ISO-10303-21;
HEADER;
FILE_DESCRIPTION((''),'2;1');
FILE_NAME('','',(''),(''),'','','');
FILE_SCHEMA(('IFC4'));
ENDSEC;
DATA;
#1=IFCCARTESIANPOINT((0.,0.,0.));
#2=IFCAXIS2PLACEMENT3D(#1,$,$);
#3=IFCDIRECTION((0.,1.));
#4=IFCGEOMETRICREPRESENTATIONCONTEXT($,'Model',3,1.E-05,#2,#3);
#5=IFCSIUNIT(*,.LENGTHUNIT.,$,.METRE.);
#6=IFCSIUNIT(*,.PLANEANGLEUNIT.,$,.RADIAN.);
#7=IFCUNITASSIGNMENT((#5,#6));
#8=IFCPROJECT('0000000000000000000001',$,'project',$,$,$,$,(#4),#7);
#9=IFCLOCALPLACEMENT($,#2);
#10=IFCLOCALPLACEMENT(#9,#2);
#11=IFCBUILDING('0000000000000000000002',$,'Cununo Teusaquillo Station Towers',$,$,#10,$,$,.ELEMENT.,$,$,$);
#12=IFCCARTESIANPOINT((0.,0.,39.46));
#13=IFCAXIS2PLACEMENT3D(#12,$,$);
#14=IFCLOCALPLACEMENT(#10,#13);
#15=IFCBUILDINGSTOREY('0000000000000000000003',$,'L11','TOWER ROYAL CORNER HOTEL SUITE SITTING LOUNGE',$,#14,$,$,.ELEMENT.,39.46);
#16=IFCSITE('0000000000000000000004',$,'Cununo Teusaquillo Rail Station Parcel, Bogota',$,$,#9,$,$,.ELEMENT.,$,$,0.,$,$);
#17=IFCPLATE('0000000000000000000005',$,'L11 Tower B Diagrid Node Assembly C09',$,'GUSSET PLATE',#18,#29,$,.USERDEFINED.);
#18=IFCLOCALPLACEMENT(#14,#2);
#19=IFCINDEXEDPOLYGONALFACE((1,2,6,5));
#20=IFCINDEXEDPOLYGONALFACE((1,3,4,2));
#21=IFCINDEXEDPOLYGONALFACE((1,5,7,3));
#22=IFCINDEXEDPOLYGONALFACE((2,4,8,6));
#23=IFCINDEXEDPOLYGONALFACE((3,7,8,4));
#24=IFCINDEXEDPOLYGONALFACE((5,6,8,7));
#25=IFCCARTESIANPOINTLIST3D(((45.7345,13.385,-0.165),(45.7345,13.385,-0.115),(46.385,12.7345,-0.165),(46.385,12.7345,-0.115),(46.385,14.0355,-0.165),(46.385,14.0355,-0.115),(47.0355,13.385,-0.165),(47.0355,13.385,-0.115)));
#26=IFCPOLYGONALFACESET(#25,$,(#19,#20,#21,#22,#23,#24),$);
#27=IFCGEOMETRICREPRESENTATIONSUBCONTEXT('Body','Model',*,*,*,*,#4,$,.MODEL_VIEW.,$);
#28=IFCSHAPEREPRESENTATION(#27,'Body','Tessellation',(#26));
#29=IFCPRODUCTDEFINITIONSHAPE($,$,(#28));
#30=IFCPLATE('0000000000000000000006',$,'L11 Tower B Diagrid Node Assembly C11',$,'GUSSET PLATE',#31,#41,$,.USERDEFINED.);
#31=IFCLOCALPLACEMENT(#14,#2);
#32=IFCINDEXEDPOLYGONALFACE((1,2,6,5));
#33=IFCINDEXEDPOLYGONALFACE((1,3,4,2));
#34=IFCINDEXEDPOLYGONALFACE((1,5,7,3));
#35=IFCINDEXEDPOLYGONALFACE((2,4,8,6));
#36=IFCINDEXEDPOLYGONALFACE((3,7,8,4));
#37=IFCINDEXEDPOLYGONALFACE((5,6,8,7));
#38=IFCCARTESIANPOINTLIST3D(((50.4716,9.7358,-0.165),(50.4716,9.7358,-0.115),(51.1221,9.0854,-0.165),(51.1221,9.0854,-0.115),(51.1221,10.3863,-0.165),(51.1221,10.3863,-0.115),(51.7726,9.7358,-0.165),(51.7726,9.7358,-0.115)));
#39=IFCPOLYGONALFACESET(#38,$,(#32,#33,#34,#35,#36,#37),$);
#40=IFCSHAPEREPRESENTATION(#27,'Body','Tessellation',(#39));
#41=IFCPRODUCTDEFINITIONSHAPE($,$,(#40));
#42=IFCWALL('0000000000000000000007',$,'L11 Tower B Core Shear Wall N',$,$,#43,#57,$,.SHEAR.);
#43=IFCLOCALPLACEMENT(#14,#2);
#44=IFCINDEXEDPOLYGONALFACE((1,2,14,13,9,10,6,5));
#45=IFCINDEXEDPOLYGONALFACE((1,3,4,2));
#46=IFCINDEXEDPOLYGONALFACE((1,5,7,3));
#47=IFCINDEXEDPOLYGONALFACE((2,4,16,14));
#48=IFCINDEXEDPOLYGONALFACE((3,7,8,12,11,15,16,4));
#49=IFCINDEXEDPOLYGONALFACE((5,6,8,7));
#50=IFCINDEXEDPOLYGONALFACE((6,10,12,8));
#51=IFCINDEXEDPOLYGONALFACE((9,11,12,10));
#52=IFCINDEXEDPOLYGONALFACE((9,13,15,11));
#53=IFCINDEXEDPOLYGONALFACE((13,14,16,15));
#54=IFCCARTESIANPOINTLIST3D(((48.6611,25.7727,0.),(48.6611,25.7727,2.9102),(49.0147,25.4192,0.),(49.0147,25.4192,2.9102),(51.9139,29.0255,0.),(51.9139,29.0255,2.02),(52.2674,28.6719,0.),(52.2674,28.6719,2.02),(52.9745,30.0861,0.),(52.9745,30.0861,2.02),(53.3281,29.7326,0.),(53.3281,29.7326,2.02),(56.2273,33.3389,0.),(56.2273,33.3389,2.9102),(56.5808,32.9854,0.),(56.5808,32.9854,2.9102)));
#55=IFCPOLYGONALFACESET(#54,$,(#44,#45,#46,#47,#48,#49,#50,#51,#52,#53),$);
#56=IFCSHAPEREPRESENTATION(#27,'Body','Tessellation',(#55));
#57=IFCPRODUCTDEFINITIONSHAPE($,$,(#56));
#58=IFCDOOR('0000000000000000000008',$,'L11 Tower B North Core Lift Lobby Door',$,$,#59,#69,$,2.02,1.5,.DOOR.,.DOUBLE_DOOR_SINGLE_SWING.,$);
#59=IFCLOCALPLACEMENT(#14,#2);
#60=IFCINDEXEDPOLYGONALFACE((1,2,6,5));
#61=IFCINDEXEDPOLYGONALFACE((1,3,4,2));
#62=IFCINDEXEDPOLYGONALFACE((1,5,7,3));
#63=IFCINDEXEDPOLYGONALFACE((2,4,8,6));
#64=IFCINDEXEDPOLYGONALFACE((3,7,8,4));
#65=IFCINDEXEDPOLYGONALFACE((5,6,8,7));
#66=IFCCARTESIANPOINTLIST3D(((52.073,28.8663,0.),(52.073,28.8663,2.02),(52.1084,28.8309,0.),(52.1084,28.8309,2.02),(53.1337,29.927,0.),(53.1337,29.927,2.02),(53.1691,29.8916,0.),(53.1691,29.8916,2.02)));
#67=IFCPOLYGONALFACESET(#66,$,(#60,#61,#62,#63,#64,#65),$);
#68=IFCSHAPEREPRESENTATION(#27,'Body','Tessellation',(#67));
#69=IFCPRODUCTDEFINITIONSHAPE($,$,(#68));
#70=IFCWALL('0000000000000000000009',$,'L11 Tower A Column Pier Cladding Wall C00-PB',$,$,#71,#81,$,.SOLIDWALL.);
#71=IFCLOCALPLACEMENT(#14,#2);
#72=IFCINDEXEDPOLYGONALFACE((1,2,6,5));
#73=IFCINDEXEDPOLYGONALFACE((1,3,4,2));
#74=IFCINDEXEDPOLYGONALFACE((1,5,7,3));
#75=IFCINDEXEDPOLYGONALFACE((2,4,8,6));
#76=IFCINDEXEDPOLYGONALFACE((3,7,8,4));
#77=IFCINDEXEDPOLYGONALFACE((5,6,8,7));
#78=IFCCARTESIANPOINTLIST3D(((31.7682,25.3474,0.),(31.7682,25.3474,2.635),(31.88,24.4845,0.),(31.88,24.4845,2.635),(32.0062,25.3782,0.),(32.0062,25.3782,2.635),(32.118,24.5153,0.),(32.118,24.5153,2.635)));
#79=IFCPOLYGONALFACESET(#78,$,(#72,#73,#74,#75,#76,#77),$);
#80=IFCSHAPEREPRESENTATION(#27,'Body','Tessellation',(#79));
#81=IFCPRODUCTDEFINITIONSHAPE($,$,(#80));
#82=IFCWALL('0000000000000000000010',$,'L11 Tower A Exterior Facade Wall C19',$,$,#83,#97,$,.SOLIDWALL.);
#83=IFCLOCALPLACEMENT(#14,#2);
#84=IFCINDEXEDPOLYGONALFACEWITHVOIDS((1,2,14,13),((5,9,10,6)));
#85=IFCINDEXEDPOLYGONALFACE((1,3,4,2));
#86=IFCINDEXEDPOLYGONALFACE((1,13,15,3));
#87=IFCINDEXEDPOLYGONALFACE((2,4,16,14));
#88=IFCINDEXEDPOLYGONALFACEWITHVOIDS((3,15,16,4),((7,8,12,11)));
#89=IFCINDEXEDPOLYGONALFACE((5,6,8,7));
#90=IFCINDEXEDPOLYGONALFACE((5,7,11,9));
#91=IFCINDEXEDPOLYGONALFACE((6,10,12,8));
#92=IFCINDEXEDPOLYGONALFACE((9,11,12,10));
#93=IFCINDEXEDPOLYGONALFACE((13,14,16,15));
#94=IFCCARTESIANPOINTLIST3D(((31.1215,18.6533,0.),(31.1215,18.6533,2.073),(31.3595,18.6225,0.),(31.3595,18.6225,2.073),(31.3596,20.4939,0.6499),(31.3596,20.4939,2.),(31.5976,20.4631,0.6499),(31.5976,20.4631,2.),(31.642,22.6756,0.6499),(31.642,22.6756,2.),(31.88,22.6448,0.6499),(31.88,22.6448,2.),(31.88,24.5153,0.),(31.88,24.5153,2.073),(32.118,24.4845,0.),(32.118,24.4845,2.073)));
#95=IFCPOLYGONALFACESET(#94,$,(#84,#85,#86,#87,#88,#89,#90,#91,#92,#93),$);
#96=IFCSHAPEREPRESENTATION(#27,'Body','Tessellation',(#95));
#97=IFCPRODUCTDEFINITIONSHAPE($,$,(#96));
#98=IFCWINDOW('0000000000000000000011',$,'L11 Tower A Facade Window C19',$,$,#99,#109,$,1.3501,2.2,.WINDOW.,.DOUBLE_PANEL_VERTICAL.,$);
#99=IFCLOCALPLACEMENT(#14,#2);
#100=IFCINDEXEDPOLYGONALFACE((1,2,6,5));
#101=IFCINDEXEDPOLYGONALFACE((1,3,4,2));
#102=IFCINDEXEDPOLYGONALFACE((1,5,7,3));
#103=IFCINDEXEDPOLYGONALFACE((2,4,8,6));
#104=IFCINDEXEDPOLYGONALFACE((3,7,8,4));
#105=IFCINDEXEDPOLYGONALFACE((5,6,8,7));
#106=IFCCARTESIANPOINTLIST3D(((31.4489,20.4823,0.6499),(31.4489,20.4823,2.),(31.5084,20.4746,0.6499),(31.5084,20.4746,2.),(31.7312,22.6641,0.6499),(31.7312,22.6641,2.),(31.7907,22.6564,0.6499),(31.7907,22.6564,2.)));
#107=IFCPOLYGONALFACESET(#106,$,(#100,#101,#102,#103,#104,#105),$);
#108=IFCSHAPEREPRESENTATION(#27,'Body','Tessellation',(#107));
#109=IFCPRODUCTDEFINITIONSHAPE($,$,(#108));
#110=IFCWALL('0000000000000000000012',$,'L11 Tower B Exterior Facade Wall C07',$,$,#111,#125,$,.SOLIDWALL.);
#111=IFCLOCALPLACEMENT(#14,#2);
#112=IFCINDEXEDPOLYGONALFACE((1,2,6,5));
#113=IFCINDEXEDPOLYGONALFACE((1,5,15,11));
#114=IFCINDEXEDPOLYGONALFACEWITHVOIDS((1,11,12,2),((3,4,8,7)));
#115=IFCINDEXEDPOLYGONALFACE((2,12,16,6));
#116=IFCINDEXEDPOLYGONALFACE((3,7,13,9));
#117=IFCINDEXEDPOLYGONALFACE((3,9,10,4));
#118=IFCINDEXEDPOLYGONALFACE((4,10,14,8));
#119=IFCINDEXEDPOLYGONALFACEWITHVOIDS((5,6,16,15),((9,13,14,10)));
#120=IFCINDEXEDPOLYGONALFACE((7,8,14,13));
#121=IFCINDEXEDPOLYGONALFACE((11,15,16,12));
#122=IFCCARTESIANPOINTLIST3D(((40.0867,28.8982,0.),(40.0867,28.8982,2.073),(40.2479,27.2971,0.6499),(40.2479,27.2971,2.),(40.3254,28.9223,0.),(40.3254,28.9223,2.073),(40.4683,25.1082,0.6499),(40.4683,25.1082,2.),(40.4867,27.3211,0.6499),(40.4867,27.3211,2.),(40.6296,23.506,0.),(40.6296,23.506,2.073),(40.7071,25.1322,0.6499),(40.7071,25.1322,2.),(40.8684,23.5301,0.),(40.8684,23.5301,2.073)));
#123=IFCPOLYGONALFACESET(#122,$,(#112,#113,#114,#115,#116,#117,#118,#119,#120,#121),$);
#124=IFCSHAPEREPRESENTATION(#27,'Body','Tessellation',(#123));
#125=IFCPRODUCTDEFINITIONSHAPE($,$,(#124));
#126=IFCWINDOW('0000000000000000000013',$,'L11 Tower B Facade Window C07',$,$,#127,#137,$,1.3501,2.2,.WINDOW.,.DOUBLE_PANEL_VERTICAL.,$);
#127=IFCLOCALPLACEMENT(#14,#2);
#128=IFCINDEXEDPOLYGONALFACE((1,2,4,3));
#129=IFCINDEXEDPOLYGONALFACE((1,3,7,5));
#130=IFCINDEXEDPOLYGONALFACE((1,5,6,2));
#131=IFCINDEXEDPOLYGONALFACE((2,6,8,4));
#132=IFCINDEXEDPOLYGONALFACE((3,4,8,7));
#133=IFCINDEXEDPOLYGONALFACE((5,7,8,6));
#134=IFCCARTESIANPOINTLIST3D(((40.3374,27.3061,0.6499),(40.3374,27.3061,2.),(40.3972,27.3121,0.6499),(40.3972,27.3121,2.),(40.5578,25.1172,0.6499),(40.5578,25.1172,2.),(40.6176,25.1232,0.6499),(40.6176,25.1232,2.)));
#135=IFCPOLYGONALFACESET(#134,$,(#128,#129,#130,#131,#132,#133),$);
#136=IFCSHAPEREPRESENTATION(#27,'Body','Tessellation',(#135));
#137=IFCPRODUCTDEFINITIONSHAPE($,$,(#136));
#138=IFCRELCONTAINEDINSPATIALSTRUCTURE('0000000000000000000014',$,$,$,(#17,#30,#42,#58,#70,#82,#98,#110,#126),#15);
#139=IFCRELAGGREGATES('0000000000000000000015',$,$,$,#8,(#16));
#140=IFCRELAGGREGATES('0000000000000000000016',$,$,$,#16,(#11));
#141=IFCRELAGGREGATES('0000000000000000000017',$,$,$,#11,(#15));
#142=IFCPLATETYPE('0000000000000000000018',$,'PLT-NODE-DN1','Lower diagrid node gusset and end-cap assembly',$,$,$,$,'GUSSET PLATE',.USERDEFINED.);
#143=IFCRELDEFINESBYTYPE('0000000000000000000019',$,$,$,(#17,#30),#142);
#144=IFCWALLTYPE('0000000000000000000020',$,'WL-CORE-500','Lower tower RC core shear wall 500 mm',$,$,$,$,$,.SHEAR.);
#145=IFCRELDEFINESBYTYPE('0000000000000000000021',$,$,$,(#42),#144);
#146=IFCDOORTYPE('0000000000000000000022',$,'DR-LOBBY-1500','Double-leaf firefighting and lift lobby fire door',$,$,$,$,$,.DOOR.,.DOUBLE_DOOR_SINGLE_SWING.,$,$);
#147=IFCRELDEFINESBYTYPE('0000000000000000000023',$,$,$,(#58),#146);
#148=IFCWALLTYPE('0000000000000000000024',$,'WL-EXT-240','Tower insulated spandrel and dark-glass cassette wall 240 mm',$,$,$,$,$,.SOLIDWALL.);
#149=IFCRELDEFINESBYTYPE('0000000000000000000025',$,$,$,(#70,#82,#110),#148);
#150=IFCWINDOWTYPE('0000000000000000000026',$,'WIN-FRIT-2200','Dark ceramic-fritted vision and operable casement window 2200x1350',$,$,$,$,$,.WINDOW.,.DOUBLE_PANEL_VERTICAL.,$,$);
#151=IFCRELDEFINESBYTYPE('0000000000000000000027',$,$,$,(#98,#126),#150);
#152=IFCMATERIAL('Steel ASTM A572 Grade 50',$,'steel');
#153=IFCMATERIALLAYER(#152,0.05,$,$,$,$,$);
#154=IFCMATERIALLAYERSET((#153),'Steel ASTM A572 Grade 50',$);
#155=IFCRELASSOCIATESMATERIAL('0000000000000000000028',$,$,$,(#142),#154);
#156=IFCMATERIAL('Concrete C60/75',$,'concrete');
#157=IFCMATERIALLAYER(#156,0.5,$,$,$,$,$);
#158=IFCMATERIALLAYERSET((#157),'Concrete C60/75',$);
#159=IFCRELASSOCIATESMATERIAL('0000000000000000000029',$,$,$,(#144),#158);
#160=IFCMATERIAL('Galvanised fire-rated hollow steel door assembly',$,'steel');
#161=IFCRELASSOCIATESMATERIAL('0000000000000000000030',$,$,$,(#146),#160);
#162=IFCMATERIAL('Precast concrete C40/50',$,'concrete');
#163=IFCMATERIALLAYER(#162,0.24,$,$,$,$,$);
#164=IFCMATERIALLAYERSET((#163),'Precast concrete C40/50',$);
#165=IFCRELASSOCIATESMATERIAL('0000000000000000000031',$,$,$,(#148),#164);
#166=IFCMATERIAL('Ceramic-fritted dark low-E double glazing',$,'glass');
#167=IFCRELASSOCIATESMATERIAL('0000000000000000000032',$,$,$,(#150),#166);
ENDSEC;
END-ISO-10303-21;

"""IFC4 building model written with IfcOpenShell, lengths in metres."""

from ifc_helpers import new_model, si_unit, direction, frame, frame_2d, origin, origin_2d, place, context, subcontext, project, spatial, rectangle, extrude, source, transform, mapped, material, layer, layer_set, type_object, element, fill, save


model = new_model("IFC4")

# Units and contexts
model_context = context("Model", 3, precision=1e-05, world=origin(), true_north=direction((0.0, 1.0)))
body_context = subcontext(model_context, "Body", "Model", "MODEL_VIEW")
ifc_project = project(units=[si_unit("LENGTHUNIT", "METRE"), si_unit("PLANEANGLEUNIT", "RADIAN")], contexts=[model_context])

# Site, building, storey
site_placement = place(None, origin())
site = spatial("IfcSite", under=ifc_project, at=site_placement, Name="Cununo Teusaquillo Rail Station Parcel, Bogota", CompositionType="ELEMENT", RefElevation=0.0)
building_placement = place(site_placement, origin())
building = spatial("IfcBuilding", under=site, at=building_placement, Name="Cununo Teusaquillo Station Towers", CompositionType="ELEMENT")
storey_placement = place(building_placement, frame((0.0, 0.0, 39.46)))
storey = spatial("IfcBuildingStorey", under=building, at=storey_placement, Name="L11", Description="TOWER ROYAL CORNER HOTEL SUITE SITTING LOUNGE", CompositionType="ELEMENT", Elevation=39.46)

# Plates
ifc_material_1 = material(Name="Steel ASTM A572 Grade 50", Category="steel")
ifc_layer_1 = layer(ifc_material_1, 0.05)
ifc_layer_set_1 = layer_set([ifc_layer_1], Name="Steel ASTM A572 Grade 50")
plate_type = type_object("IfcPlateType", Name="PLT-NODE-DN1", Description="Lower diagrid node gusset and end-cap assembly", ElementType="GUSSET PLATE", PredefinedType="USERDEFINED", material=ifc_layer_set_1)
shared_shape_1 = source(origin(), body_context, "Body", "SweptSolid", [
    extrude(rectangle(XDim=0.9199, YDim=0.9199, at=origin_2d()), origin(), (0.0, 0.0, 1.0), 0.05),
])
for number, where, z_axis, x_axis, name in (
    (1, (46.385, 13.385, -0.165), (0.0, 0.0, 1.0), (0.707107, 0.707107, 0.0), "L11 Tower B Diagrid Node Assembly C09"),
    (2, (51.1221, 9.7358, -0.165), (0.0, 0.0, 1.0), (0.707107, 0.707107, 0.0), "L11 Tower B Diagrid Node Assembly C11"),
):
    element("IfcPlate", number, at=place(storey_placement, frame(where, z_axis=z_axis, x_axis=x_axis)), inside=storey, type_object=plate_type, Name=name, ObjectType="GUSSET PLATE", PredefinedType="USERDEFINED", context=body_context, shape_type="MappedRepresentation", body=[
        mapped(shared_shape_1, transform((0.0, 0.0, 0.0), x_axis=(1.0, 0.0, 0.0), y_axis=(0.0, 1.0, 0.0), z_axis=(0.0, 0.0, 1.0), scale=1.0)),
    ])

# Wall, opening, door
ifc_material_2 = material(Name="Concrete C60/75", Category="concrete")
ifc_layer_2 = layer(ifc_material_2, 0.5)
ifc_layer_set_2 = layer_set([ifc_layer_2], Name="Concrete C60/75")
wall_type_1 = type_object("IfcWallType", Name="WL-CORE-500", Description="Lower tower RC core shear wall 500 mm", PredefinedType="SHEAR", material=ifc_layer_set_2)
wall_1_placement = place(storey_placement, frame((48.8379, 25.5959, 0.0), z_axis=(0.0, 0.0, 1.0), x_axis=(0.707107, 0.707107, 0.0)))
wall_1 = element("IfcWall", 3, at=wall_1_placement, inside=storey, type_object=wall_type_1, Name="L11 Tower B Core Shear Wall N", PredefinedType="SHEAR", context=body_context, shape_type="SweptSolid", body=[
    extrude(rectangle(XDim=10.7002, YDim=0.5, at=frame_2d((5.3501, 0.0))), origin(), (0.0, 0.0, 1.0), 2.9102),
])
shared_shape_2 = source(origin(), body_context, "Body", "SweptSolid", [
    extrude(rectangle(XDim=1.5, YDim=2.02, at=frame_2d((0.75, 1.01))), frame((0.0, 0.26, 0.0), z_axis=(0.0, -1.0, 0.0), x_axis=(1.0, 0.0, 0.0)), (0.0, 0.0, 1.0), 0.52),
])
opening_1_placement = place(wall_1_placement, frame((4.6001, 0.0, 0.0)))
opening_1 = element("IfcOpeningElement", 4, at=opening_1_placement, cuts=wall_1, PredefinedType="OPENING", context=body_context, shape_type="MappedRepresentation", body=[
    mapped(shared_shape_2, transform((0.0, 0.0, 0.0), x_axis=(1.0, 0.0, 0.0), y_axis=(0.0, 1.0, 0.0), z_axis=(0.0, 0.0, 1.0), scale=1.0)),
])
ifc_material_3 = material(Name="Galvanised fire-rated hollow steel door assembly", Category="steel")
door_type_1 = type_object("IfcDoorType", Name="DR-LOBBY-1500", Description="Double-leaf firefighting and lift lobby fire door", OperationType="DOUBLE_DOOR_SINGLE_SWING", PredefinedType="DOOR", material=ifc_material_3)
shared_shape_3 = source(origin(), body_context, "Body", "SweptSolid", [
    extrude(rectangle(XDim=1.5, YDim=2.02, at=frame_2d((0.75, 1.01))), frame((0.0, 0.0249, 0.0), z_axis=(0.0, -1.0, 0.0), x_axis=(1.0, 0.0, 0.0)), (0.0, 0.0, 1.0), 0.05),
])
door_1_placement = place(opening_1_placement, origin())
door_1 = element("IfcDoor", 5, at=door_1_placement, inside=storey, type_object=door_type_1, Name="L11 Tower B North Core Lift Lobby Door", OperationType="DOUBLE_DOOR_SINGLE_SWING", OverallHeight=2.02, OverallWidth=1.5, PredefinedType="DOOR", context=body_context, shape_type="MappedRepresentation", body=[
    mapped(shared_shape_3, transform((0.0, 0.0, 0.0), x_axis=(1.0, 0.0, 0.0), y_axis=(0.0, 1.0, 0.0), z_axis=(0.0, 0.0, 1.0), scale=1.0)),
])
fill(opening_1, door_1)

# Wall
ifc_material_4 = material(Name="Precast concrete C40/50", Category="concrete")
ifc_layer_3 = layer(ifc_material_4, 0.24)
ifc_layer_set_3 = layer_set([ifc_layer_3], Name="Precast concrete C40/50")
wall_type_2 = type_object("IfcWallType", Name="WL-EXT-240", Description="Tower insulated spandrel and dark-glass cassette wall 240 mm", PredefinedType="SOLIDWALL", material=ifc_layer_set_3)
wall_2_placement = place(storey_placement, frame((31.8872, 25.3628, 0.0), z_axis=(0.0, 0.0, 1.0), x_axis=(0.128523, -0.991706, 0.0)))
element("IfcWall", 6, at=wall_2_placement, inside=storey, type_object=wall_type_2, Name="L11 Tower A Column Pier Cladding Wall C00-PB", PredefinedType="SOLIDWALL", context=body_context, shape_type="SweptSolid", body=[
    extrude(rectangle(XDim=0.8701, YDim=0.24, at=frame_2d((0.4351, 0.0))), origin(), (0.0, 0.0, 1.0), 2.635),
])

# Walls, openings, windows
wall_3_placement = place(storey_placement, frame((31.999, 24.5, 0.0), z_axis=(0.0, 0.0, 1.0), x_axis=(-0.128329, -0.991732, 0.0)))
wall_3 = element("IfcWall", 7, at=wall_3_placement, inside=storey, type_object=wall_type_2, Name="L11 Tower A Exterior Facade Wall C19", PredefinedType="SOLIDWALL", context=body_context, shape_type="SweptSolid", body=[
    extrude(rectangle(XDim=5.9109, YDim=0.24, at=frame_2d((2.9556, 0.0))), origin(), (0.0, 0.0, 1.0), 2.073),
])
shared_shape_4 = source(origin(), body_context, "Body", "SweptSolid", [
    extrude(rectangle(XDim=2.2, YDim=1.3501, at=frame_2d((1.1001, 0.675))), frame((0.0, 0.1299, 0.0), z_axis=(0.0, -1.0, 0.0), x_axis=(1.0, 0.0, 0.0)), (0.0, 0.0, 1.0), 0.26),
])
opening_2_placement = place(wall_3_placement, frame((1.855, 0.0, 0.6499)))
opening_2 = element("IfcOpeningElement", 8, at=opening_2_placement, cuts=wall_3, PredefinedType="OPENING", context=body_context, shape_type="MappedRepresentation", body=[
    mapped(shared_shape_4, transform((0.0, 0.0, 0.0), x_axis=(1.0, 0.0, 0.0), y_axis=(0.0, 1.0, 0.0), z_axis=(0.0, 0.0, 1.0), scale=1.0)),
])
ifc_material_5 = material(Name="Ceramic-fritted dark low-E double glazing", Category="glass")
window_type_1 = type_object("IfcWindowType", Name="WIN-FRIT-2200", Description="Dark ceramic-fritted vision and operable casement window 2200x1350", PartitioningType="DOUBLE_PANEL_VERTICAL", PredefinedType="WINDOW", material=ifc_material_5)
shared_shape_5 = source(origin(), body_context, "Body", "SweptSolid", [
    extrude(rectangle(XDim=2.2, YDim=1.3501, at=frame_2d((1.1001, 0.675))), frame((0.0, 0.03, 0.0), z_axis=(0.0, -1.0, 0.0), x_axis=(1.0, 0.0, 0.0)), (0.0, 0.0, 1.0), 0.0601),
])
window_1_placement = place(opening_2_placement, origin())
window_1 = element("IfcWindow", 9, at=window_1_placement, inside=storey, type_object=window_type_1, Name="L11 Tower A Facade Window C19", OverallHeight=1.3501, OverallWidth=2.2, PartitioningType="DOUBLE_PANEL_VERTICAL", PredefinedType="WINDOW", context=body_context, shape_type="MappedRepresentation", body=[
    mapped(shared_shape_5, transform((0.0, 0.0, 0.0), x_axis=(1.0, 0.0, 0.0), y_axis=(0.0, 1.0, 0.0), z_axis=(0.0, 0.0, 1.0), scale=1.0)),
])
fill(opening_2, window_1)
wall_4_placement = place(storey_placement, frame((40.749, 23.5181, 0.0), z_axis=(0.0, 0.0, 1.0), x_axis=(-0.100191, 0.994968, 0.0)))
wall_4 = element("IfcWall", 10, at=wall_4_placement, inside=storey, type_object=wall_type_2, Name="L11 Tower B Exterior Facade Wall C07", PredefinedType="SOLIDWALL", context=body_context, shape_type="SweptSolid", body=[
    extrude(rectangle(XDim=5.4194, YDim=0.24, at=frame_2d((2.7097, 0.0))), origin(), (0.0, 0.0, 1.0), 2.073),
])
opening_3_placement = place(wall_4_placement, frame((1.6101, 0.0, 0.6499)))
opening_3 = element("IfcOpeningElement", 11, at=opening_3_placement, cuts=wall_4, PredefinedType="OPENING", context=body_context, shape_type="MappedRepresentation", body=[
    mapped(shared_shape_4, transform((0.0, 0.0, 0.0), x_axis=(1.0, 0.0, 0.0), y_axis=(0.0, 1.0, 0.0), z_axis=(0.0, 0.0, 1.0), scale=1.0)),
])
window_2_placement = place(opening_3_placement, origin())
window_2 = element("IfcWindow", 12, at=window_2_placement, inside=storey, type_object=window_type_1, Name="L11 Tower B Facade Window C07", OverallHeight=1.3501, OverallWidth=2.2, PartitioningType="DOUBLE_PANEL_VERTICAL", PredefinedType="WINDOW", context=body_context, shape_type="MappedRepresentation", body=[
    mapped(shared_shape_5, transform((0.0, 0.0, 0.0), x_axis=(1.0, 0.0, 0.0), y_axis=(0.0, 1.0, 0.0), z_axis=(0.0, 0.0, 1.0), scale=1.0)),
])
fill(opening_3, window_2)

save(model, "model.ifc")
